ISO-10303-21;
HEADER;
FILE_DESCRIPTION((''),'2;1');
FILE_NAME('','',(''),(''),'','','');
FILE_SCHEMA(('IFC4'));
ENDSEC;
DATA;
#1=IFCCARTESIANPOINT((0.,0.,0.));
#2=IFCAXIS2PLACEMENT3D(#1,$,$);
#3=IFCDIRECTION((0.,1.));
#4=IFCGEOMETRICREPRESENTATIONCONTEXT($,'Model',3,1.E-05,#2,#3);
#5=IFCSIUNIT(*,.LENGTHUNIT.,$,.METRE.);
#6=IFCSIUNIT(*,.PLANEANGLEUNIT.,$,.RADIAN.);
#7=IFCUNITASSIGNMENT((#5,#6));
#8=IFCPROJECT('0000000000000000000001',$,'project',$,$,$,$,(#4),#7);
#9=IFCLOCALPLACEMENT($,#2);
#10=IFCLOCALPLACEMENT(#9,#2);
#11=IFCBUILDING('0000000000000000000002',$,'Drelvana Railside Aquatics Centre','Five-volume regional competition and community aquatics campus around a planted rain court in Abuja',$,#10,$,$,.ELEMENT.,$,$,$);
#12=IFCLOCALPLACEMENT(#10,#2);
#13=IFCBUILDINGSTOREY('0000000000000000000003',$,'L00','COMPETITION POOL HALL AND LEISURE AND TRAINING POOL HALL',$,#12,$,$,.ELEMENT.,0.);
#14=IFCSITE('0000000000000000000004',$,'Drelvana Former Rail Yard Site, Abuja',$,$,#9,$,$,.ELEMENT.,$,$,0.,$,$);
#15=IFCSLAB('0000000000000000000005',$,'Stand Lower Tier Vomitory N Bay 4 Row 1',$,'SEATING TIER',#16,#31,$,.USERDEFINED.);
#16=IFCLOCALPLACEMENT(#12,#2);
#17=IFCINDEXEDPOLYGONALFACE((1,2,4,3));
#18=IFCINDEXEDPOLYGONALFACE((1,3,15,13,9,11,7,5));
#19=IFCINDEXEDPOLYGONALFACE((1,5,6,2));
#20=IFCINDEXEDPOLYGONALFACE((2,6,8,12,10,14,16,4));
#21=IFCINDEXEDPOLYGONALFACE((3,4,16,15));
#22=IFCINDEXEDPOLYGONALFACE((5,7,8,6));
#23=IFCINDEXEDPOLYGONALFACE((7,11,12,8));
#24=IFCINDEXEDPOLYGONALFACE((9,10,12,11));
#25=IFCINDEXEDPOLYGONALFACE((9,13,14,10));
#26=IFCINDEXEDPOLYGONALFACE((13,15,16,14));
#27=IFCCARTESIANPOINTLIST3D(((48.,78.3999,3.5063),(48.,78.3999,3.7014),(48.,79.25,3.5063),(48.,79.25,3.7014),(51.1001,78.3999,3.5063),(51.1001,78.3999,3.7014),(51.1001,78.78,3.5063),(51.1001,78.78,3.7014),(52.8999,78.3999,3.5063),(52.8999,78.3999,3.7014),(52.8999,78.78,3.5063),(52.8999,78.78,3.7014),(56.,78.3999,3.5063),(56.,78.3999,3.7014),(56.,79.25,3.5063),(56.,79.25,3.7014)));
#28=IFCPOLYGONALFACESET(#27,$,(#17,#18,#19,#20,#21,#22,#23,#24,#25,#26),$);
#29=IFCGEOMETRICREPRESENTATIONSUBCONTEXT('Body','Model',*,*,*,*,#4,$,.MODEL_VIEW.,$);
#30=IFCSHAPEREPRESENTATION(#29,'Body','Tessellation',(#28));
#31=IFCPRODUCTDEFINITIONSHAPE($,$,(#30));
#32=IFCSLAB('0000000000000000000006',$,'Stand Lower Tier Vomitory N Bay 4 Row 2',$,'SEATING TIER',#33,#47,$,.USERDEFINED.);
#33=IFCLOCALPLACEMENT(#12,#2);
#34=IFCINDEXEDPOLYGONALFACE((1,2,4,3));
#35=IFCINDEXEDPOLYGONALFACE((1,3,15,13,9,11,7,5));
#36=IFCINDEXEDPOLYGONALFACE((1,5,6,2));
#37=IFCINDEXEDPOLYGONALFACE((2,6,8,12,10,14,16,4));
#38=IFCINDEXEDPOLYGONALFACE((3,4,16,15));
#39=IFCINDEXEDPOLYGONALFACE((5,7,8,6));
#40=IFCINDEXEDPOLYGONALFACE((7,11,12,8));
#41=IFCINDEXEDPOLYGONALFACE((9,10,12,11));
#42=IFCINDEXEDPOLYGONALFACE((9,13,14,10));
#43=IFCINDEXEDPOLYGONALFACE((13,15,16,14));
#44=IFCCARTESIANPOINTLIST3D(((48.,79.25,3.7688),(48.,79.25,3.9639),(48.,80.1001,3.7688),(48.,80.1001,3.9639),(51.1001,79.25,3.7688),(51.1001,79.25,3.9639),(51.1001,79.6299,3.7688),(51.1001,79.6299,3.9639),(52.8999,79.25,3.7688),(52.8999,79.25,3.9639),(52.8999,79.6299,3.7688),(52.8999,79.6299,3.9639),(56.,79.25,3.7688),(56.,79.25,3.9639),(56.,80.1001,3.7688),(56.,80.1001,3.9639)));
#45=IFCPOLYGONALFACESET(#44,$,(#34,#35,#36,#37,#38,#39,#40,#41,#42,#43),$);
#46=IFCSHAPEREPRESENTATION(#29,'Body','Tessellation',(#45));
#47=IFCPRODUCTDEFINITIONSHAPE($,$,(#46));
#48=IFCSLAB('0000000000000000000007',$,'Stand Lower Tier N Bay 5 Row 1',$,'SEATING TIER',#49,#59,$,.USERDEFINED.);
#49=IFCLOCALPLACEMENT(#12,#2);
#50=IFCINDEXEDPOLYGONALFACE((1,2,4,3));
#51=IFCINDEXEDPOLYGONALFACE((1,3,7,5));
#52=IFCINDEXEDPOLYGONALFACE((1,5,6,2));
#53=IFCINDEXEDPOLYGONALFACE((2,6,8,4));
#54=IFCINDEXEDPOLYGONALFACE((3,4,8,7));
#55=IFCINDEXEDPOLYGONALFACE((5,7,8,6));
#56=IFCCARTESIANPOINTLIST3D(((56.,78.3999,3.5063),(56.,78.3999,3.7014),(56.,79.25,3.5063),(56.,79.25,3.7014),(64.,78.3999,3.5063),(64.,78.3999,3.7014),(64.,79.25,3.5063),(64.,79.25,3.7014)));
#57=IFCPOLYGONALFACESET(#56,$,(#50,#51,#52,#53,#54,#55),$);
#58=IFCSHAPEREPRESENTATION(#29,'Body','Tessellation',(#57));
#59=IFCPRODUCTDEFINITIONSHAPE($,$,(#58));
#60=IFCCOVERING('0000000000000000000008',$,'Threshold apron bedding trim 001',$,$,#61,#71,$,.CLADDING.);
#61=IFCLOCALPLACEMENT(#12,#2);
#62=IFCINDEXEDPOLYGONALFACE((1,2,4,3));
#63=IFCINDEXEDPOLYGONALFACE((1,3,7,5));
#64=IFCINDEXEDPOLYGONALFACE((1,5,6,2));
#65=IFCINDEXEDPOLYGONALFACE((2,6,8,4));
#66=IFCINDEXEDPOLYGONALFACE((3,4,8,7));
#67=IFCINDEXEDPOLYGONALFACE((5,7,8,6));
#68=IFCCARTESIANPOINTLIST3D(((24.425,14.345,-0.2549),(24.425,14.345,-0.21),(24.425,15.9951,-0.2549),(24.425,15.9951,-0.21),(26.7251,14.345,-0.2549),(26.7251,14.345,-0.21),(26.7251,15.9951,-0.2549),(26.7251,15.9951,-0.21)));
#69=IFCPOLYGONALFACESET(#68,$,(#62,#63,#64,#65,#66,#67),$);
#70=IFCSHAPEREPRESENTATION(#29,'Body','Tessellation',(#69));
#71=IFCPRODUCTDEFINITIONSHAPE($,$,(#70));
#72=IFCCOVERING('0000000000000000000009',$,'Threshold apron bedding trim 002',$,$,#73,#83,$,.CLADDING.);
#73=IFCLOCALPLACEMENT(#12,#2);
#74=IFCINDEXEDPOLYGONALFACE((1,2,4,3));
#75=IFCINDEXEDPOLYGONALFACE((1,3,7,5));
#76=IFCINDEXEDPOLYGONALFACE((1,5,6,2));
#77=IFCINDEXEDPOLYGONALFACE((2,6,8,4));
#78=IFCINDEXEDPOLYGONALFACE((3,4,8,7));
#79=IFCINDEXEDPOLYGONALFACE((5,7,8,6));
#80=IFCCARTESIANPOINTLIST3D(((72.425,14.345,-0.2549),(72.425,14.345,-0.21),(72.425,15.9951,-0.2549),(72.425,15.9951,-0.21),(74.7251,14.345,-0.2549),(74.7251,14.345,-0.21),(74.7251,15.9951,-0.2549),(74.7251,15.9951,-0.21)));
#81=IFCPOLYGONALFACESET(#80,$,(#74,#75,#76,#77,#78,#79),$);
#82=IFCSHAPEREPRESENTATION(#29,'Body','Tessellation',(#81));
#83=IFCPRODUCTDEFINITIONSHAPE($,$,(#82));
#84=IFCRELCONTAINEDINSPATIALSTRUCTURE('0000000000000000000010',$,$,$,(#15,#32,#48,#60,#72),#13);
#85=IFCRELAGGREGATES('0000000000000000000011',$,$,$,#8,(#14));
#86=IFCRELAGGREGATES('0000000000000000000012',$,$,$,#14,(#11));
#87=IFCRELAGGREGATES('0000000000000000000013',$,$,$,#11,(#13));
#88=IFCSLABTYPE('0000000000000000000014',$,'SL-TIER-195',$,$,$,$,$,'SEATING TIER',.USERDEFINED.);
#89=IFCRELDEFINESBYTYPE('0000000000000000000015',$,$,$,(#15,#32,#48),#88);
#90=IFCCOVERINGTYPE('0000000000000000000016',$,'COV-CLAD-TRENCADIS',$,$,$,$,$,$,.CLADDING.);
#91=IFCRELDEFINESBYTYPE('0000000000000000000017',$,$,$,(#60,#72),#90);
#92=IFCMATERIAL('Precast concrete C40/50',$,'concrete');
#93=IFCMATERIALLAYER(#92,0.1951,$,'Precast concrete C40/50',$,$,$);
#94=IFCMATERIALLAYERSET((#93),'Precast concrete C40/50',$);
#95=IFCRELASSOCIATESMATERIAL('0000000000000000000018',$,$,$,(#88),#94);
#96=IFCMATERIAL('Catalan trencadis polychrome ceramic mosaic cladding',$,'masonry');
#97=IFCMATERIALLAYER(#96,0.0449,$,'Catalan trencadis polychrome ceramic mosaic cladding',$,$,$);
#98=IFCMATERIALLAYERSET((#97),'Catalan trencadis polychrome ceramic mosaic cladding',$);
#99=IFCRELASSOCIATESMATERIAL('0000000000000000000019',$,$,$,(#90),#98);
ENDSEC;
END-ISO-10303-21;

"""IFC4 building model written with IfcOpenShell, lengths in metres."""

from ifc_helpers import new_model, si_unit, direction, frame, origin, place, context, subcontext, project, spatial, polyline, outline, extrude, material, layer, layer_set, type_object, element, save


model = new_model("IFC4")

# Units and contexts
model_context = context("Model", 3, precision=1e-05, world=origin(), true_north=direction((0.0, 1.0)))
body_context = subcontext(model_context, "Body", "Model", "MODEL_VIEW")
ifc_project = project(units=[si_unit("LENGTHUNIT", "METRE"), si_unit("PLANEANGLEUNIT", "RADIAN")], contexts=[model_context])

# Site, building, storey
site_placement = place(None, origin())
site = spatial("IfcSite", under=ifc_project, at=site_placement, Name="Drelvana Former Rail Yard Site, Abuja", CompositionType="ELEMENT", RefElevation=0.0)
building_placement = place(site_placement, origin())
building = spatial("IfcBuilding", under=site, at=building_placement, Name="Drelvana Railside Aquatics Centre", Description="Five-volume regional competition and community aquatics campus around a planted rain court in Abuja", CompositionType="ELEMENT")
storey_placement = place(building_placement, origin())
storey = spatial("IfcBuildingStorey", under=building, at=storey_placement, Name="L00", Description="COMPETITION POOL HALL AND LEISURE AND TRAINING POOL HALL", CompositionType="ELEMENT", Elevation=0.0)

# Slabs
ifc_material_1 = material(Name="Precast concrete C40/50", Category="concrete")
ifc_layer_1 = layer(ifc_material_1, 0.1951, Name="Precast concrete C40/50")
ifc_layer_set_1 = layer_set([ifc_layer_1], Name="Precast concrete C40/50")
slab_type_1 = type_object("IfcSlabType", Name="SL-TIER-195", ElementType="SEATING TIER", PredefinedType="USERDEFINED", material=ifc_layer_set_1)
slab_1_placement = place(storey_placement, frame((0.0, 0.0, 3.5063)))
element("IfcSlab", 1, at=slab_1_placement, inside=storey, type_object=slab_type_1, Name="Stand Lower Tier Vomitory N Bay 4 Row 1", ObjectType="SEATING TIER", PredefinedType="USERDEFINED", context=body_context, shape_type="SweptSolid", body=[
    extrude(outline(polyline([(48.0, 78.3999), (51.1001, 78.3999), (51.1001, 78.78), (52.8999, 78.78), (52.8999, 78.3999), (56.0, 78.3999), (56.0, 79.25), (48.0, 79.25), (48.0, 78.3999)])), origin(), (0.0, 0.0, 1.0), 0.1951),
])
slab_2_placement = place(storey_placement, frame((0.0, 0.0, 3.7688)))
element("IfcSlab", 2, at=slab_2_placement, inside=storey, type_object=slab_type_1, Name="Stand Lower Tier Vomitory N Bay 4 Row 2", ObjectType="SEATING TIER", PredefinedType="USERDEFINED", context=body_context, shape_type="SweptSolid", body=[
    extrude(outline(polyline([(48.0, 79.25), (51.1001, 79.25), (51.1001, 79.6299), (52.8999, 79.6299), (52.8999, 79.25), (56.0, 79.25), (56.0, 80.1001), (48.0, 80.1001), (48.0, 79.25)])), origin(), (0.0, 0.0, 1.0), 0.1951),
])
slab_3_placement = place(storey_placement, frame((0.0, 0.0, 3.5063)))
element("IfcSlab", 3, at=slab_3_placement, inside=storey, type_object=slab_type_1, Name="Stand Lower Tier N Bay 5 Row 1", ObjectType="SEATING TIER", PredefinedType="USERDEFINED", context=body_context, shape_type="SweptSolid", body=[
    extrude(outline(polyline([(56.0, 78.3999), (64.0, 78.3999), (64.0, 79.25), (56.0, 79.25), (56.0, 78.3999)])), origin(), (0.0, 0.0, 1.0), 0.1951),
])

# Coverings
ifc_material_2 = material(Name="Catalan trencadis polychrome ceramic mosaic cladding", Category="masonry")
ifc_layer_2 = layer(ifc_material_2, 0.0449, Name="Catalan trencadis polychrome ceramic mosaic cladding")
ifc_layer_set_2 = layer_set([ifc_layer_2], Name="Catalan trencadis polychrome ceramic mosaic cladding")
covering_type = type_object("IfcCoveringType", Name="COV-CLAD-TRENCADIS", PredefinedType="CLADDING", material=ifc_layer_set_2)
covering_1_placement = place(storey_placement, frame((0.0, 0.0, -0.2549)))
element("IfcCovering", 4, at=covering_1_placement, inside=storey, type_object=covering_type, Name="Threshold apron bedding trim 001", PredefinedType="CLADDING", context=body_context, shape_type="SweptSolid", body=[
    extrude(outline(polyline([(24.425, 14.345), (26.7251, 14.345), (26.7251, 15.9951), (24.425, 15.9951), (24.425, 14.345)])), origin(), (0.0, 0.0, 1.0), 0.0449),
])
covering_2_placement = place(storey_placement, frame((0.0, 0.0, -0.2549)))
element("IfcCovering", 5, at=covering_2_placement, inside=storey, type_object=covering_type, Name="Threshold apron bedding trim 002", PredefinedType="CLADDING", context=body_context, shape_type="SweptSolid", body=[
    extrude(outline(polyline([(72.425, 14.345), (74.7251, 14.345), (74.7251, 15.9951), (72.425, 15.9951), (72.425, 14.345)])), origin(), (0.0, 0.0, 1.0), 0.0449),
])

save(model, "model.ifc")
